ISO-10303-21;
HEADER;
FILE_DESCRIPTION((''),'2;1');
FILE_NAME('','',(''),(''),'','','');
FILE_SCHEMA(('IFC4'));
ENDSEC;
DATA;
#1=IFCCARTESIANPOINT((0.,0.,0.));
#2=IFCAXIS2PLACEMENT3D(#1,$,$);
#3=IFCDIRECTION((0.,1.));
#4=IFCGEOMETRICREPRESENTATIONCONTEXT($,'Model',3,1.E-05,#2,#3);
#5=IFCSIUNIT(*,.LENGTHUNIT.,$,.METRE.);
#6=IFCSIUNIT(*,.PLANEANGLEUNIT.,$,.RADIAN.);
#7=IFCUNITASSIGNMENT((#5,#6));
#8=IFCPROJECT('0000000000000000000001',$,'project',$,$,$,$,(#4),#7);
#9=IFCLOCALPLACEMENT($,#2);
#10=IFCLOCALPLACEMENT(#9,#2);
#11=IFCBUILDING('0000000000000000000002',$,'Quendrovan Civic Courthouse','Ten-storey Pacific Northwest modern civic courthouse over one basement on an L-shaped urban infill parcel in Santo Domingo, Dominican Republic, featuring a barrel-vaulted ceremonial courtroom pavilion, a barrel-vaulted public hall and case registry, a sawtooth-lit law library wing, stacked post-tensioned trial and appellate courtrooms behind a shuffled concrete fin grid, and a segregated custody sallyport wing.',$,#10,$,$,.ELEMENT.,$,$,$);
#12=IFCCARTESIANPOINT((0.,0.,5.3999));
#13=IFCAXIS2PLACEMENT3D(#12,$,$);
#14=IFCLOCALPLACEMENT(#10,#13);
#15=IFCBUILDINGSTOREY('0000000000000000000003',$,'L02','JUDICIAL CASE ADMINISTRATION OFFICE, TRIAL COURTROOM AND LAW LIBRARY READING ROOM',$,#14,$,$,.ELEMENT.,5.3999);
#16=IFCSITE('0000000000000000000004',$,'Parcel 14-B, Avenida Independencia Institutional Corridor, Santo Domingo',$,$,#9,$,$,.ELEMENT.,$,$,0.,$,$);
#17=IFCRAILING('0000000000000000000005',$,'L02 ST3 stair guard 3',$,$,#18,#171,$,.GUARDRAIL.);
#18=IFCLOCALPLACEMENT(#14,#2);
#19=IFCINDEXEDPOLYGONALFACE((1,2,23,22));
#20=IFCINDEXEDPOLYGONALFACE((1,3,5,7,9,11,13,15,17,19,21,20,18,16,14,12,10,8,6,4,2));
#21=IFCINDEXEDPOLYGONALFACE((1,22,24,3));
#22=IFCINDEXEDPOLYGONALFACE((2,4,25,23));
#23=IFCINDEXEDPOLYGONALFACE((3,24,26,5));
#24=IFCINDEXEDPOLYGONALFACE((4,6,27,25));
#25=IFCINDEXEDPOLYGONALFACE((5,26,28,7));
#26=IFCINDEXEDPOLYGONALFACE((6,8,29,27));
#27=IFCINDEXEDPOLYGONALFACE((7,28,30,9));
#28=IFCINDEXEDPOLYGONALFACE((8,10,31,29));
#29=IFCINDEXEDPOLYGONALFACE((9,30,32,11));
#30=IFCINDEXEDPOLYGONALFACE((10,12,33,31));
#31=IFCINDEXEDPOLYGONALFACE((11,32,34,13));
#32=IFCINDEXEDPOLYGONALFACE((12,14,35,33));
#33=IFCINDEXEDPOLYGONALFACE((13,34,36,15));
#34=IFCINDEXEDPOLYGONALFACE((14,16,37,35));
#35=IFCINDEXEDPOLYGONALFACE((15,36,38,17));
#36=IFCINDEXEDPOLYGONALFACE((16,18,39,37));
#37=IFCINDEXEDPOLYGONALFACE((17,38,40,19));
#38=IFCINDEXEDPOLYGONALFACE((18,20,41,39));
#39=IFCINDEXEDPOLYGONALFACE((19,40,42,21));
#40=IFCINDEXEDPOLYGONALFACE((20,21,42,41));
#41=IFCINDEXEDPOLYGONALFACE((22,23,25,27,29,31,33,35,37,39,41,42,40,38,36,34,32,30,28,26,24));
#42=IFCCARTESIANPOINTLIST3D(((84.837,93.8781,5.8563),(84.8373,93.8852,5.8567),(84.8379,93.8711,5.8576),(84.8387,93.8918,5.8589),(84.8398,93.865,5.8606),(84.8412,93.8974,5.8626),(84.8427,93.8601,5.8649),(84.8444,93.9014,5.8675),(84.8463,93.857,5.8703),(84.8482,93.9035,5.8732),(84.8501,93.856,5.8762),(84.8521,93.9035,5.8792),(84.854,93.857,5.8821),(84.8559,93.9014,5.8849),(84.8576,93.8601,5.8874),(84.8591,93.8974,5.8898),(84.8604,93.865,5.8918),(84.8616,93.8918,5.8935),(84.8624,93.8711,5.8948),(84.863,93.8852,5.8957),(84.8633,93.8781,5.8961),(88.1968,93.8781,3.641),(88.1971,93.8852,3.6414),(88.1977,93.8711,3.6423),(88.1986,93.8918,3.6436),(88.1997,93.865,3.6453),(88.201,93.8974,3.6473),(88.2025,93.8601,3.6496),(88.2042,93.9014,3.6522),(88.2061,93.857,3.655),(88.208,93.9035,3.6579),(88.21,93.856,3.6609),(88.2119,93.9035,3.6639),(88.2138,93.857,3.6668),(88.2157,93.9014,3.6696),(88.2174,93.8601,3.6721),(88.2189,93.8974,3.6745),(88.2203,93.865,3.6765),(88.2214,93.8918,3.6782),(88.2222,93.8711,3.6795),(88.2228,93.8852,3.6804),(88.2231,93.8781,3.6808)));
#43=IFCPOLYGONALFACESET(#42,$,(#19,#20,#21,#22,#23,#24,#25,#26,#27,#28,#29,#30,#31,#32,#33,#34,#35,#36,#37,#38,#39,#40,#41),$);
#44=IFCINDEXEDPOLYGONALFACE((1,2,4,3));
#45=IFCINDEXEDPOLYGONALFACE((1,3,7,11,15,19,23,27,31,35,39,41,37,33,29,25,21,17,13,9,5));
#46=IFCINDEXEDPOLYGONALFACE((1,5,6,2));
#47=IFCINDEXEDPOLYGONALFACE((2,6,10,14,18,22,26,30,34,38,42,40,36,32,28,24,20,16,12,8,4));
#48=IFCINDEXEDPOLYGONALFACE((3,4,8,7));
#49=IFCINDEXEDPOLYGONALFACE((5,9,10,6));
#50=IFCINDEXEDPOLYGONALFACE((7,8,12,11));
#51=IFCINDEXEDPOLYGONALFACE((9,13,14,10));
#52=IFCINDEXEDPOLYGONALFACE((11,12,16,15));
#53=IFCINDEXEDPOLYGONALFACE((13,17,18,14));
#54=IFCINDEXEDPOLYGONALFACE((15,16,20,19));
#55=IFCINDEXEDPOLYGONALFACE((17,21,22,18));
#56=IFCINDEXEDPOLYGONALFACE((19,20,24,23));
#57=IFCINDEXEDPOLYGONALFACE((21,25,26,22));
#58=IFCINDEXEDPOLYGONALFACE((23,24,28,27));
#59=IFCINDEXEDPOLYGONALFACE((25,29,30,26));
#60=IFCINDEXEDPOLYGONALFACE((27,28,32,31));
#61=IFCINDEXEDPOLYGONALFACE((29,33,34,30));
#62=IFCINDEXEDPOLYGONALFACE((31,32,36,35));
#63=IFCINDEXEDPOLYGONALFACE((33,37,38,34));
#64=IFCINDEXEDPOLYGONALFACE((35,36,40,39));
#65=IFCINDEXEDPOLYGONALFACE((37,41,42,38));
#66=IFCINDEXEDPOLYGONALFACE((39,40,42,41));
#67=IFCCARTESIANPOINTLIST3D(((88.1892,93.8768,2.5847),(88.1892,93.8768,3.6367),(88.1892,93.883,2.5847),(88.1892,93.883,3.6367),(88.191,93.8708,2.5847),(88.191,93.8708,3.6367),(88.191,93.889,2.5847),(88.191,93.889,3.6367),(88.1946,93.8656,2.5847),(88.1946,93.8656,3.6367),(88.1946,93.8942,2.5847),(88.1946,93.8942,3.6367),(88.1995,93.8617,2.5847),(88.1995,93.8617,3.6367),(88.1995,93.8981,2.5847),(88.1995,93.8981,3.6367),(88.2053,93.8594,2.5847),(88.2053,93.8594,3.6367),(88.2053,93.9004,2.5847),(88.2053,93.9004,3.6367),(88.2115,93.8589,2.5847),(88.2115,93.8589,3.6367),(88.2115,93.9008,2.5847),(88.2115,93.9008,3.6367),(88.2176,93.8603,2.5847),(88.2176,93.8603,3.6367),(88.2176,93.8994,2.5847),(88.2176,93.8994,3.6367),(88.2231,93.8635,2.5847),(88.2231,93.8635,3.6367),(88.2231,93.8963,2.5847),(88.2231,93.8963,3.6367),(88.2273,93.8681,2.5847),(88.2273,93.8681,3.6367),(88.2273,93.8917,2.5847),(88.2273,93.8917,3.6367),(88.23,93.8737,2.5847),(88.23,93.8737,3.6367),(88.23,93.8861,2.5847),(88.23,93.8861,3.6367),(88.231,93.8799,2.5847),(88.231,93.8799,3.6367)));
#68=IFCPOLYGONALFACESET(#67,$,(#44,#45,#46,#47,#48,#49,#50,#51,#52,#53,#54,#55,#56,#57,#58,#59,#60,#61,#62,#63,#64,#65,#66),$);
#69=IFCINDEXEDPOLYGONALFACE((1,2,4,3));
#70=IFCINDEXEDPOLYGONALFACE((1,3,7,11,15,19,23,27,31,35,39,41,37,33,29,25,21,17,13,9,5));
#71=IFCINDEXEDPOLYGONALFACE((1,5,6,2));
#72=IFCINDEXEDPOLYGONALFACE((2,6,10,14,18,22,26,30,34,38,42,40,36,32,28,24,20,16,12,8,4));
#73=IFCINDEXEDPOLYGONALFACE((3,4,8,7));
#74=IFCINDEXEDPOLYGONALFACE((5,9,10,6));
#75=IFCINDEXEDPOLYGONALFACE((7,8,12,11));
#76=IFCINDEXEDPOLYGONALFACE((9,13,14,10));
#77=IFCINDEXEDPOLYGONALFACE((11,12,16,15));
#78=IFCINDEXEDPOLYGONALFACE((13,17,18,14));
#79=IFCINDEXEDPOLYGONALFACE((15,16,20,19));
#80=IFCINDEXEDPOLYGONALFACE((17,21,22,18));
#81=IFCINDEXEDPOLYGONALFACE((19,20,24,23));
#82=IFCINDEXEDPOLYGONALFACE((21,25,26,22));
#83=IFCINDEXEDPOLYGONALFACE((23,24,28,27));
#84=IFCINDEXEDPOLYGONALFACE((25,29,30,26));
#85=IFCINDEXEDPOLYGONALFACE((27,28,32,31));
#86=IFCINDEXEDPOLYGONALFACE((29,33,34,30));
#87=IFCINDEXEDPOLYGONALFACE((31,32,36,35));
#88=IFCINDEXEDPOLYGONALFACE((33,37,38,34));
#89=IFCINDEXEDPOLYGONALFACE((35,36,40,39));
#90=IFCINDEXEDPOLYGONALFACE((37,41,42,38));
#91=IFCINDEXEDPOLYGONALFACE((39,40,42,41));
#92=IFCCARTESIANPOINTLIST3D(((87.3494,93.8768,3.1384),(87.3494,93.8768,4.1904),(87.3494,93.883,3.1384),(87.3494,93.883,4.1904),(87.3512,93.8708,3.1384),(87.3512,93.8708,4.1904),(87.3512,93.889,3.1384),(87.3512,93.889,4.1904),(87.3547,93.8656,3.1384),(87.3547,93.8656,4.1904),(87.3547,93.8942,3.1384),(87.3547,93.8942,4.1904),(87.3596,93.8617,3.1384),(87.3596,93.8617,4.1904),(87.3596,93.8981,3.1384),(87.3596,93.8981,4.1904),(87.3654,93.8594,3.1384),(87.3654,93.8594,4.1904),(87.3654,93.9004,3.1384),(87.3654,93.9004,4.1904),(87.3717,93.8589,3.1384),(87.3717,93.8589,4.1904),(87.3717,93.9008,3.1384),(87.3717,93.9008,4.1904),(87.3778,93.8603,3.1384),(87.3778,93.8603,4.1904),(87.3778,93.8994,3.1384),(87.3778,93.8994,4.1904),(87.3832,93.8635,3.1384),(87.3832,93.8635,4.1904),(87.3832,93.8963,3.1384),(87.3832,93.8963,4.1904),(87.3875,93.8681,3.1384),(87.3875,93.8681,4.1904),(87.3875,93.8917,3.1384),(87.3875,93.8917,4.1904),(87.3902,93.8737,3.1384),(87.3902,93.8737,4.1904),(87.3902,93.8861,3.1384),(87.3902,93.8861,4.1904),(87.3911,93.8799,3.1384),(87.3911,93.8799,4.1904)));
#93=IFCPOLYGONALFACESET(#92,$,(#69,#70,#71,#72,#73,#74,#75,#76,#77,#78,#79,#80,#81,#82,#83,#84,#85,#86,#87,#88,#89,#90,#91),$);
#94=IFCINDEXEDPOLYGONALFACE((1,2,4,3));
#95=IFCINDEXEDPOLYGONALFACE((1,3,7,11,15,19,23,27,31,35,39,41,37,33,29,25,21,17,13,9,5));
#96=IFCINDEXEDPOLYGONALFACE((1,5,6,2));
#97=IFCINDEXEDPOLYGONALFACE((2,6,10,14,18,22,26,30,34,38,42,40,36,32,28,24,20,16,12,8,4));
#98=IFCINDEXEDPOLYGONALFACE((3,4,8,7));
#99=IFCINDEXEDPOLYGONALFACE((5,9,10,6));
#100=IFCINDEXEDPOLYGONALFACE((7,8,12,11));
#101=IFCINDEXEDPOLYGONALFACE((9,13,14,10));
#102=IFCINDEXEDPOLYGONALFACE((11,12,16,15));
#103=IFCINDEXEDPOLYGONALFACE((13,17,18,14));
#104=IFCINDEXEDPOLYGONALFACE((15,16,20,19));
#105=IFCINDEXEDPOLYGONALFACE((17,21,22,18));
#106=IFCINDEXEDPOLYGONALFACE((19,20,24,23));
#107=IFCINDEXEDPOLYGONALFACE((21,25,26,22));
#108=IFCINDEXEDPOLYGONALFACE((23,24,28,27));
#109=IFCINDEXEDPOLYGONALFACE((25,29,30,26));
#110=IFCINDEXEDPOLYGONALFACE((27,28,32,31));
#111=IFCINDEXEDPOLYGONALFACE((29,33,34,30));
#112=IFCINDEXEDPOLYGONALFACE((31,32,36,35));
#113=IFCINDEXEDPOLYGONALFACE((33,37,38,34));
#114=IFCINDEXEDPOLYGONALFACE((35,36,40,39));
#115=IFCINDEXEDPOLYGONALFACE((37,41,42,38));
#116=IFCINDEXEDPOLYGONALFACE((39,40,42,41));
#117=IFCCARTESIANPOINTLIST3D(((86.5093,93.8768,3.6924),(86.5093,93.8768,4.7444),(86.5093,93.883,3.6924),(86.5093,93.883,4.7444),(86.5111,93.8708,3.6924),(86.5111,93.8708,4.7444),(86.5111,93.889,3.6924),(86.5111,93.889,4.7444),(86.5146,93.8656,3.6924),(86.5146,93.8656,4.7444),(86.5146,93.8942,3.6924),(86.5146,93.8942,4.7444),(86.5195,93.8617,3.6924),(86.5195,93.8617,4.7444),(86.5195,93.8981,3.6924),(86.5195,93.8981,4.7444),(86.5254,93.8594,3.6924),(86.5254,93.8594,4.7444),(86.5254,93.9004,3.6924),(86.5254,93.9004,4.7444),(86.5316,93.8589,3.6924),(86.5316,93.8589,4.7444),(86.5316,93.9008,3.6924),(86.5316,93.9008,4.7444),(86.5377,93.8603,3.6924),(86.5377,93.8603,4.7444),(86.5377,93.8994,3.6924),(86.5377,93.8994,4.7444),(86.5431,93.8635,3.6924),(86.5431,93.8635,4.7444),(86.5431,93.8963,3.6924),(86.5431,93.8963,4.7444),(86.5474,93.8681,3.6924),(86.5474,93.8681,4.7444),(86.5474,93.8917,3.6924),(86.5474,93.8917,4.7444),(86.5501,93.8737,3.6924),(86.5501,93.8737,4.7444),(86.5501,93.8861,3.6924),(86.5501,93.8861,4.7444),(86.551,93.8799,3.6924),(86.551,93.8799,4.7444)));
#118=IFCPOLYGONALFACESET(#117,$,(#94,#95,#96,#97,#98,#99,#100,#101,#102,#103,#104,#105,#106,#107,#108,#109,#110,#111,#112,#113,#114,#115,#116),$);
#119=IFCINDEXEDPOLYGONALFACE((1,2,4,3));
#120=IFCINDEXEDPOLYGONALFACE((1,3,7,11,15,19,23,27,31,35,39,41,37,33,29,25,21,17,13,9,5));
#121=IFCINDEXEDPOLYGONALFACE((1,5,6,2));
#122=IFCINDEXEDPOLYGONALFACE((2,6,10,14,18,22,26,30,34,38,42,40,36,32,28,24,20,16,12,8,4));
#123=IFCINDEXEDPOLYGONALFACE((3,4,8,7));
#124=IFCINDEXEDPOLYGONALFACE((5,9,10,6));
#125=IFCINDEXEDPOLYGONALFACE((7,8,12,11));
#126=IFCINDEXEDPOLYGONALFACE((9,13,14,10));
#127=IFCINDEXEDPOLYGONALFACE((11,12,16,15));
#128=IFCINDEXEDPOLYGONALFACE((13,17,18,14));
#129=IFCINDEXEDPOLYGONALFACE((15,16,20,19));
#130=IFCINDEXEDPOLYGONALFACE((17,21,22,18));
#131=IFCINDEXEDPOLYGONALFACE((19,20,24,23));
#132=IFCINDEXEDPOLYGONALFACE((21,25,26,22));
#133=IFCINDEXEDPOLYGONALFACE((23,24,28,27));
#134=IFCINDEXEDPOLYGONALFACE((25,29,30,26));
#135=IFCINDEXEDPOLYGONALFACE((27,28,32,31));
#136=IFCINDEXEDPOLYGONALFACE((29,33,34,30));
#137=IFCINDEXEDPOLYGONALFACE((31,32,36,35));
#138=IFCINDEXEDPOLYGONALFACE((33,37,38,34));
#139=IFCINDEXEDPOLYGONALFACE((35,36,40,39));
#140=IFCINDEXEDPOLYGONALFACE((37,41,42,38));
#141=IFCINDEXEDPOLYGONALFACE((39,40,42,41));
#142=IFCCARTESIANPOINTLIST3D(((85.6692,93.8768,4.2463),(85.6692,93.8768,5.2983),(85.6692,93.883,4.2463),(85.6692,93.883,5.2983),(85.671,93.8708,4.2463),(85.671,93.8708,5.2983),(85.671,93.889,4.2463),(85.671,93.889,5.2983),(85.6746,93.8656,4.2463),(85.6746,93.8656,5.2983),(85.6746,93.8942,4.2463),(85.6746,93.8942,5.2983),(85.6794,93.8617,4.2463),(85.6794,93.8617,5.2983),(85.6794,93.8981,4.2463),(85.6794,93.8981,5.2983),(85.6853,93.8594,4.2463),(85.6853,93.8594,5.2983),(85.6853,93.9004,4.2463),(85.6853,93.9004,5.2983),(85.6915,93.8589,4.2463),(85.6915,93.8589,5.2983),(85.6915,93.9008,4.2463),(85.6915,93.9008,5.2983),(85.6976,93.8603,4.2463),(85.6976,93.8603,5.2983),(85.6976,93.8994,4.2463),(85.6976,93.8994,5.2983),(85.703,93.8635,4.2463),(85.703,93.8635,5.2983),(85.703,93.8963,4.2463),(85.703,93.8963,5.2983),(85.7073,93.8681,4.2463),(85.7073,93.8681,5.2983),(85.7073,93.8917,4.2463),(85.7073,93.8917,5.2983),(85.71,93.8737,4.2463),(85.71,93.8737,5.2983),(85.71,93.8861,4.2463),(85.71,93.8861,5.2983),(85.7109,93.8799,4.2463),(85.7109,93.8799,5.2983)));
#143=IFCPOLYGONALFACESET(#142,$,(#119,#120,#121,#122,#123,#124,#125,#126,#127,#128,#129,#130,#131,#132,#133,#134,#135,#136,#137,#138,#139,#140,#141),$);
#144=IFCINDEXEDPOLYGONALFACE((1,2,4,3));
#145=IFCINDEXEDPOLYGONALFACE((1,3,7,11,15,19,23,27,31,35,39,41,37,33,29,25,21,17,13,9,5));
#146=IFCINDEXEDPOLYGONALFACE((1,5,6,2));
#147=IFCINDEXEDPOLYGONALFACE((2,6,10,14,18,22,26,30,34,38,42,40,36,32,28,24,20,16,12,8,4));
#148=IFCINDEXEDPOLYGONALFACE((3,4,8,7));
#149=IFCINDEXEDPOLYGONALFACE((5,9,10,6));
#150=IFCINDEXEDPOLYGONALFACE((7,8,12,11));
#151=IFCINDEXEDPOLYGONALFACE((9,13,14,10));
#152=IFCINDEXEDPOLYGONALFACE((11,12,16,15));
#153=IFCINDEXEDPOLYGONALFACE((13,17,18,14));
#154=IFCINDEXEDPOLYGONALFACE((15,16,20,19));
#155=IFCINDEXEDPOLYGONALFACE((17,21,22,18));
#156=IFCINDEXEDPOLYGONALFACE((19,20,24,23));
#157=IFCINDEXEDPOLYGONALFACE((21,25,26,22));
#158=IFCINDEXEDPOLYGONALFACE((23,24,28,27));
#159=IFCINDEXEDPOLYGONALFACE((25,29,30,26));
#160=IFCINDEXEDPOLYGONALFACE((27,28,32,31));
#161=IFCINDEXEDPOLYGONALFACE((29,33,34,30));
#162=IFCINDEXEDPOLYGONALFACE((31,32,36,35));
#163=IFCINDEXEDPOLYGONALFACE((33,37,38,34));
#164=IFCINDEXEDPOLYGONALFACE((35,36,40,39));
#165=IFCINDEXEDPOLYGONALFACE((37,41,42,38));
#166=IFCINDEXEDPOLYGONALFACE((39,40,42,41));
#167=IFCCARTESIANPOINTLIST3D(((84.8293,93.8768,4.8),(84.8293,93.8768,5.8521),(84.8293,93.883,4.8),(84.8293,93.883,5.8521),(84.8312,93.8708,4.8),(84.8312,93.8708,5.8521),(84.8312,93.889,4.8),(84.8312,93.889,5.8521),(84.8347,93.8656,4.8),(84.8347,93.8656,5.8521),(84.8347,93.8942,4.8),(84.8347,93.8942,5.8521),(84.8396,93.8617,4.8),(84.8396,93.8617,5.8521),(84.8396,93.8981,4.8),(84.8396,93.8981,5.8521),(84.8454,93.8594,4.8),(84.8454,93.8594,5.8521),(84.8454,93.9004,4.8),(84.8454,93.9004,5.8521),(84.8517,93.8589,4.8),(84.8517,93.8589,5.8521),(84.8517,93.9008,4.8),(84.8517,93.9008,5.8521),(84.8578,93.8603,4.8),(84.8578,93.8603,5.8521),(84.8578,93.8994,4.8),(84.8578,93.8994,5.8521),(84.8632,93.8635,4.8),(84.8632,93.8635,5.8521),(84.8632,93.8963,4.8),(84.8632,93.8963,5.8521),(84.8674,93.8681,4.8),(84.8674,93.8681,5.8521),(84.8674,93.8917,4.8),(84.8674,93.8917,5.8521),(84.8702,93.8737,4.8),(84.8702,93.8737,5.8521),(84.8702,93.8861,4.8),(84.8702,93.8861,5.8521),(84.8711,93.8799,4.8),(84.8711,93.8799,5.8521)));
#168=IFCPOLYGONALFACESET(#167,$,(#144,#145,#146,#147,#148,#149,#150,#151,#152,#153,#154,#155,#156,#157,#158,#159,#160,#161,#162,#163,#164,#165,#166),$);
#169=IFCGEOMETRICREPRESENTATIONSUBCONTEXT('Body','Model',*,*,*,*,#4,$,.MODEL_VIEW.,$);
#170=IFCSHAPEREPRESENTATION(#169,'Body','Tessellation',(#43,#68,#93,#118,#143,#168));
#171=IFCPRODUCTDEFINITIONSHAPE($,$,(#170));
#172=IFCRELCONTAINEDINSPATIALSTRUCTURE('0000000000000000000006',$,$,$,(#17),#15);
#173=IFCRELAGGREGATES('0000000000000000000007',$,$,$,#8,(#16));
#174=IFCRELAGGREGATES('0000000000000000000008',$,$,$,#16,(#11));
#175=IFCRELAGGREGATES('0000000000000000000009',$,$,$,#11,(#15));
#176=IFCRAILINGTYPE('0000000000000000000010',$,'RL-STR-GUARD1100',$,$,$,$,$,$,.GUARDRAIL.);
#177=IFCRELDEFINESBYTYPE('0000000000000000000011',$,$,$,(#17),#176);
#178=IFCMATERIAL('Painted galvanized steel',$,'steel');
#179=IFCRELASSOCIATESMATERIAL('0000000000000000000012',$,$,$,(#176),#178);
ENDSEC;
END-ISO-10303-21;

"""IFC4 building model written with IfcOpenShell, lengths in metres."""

from ifc_helpers import new_model, si_unit, direction, frame, origin, origin_2d, place, context, subcontext, project, spatial, circle, extrude, material, type_object, element, save


model = new_model("IFC4")

# Units and contexts
model_context = context("Model", 3, precision=1e-05, world=origin(), true_north=direction((0.0, 1.0)))
body_context = subcontext(model_context, "Body", "Model", "MODEL_VIEW")
ifc_project = project(units=[si_unit("LENGTHUNIT", "METRE"), si_unit("PLANEANGLEUNIT", "RADIAN")], contexts=[model_context])

# Site, building, storey
site_placement = place(None, origin())
site = spatial("IfcSite", under=ifc_project, at=site_placement, Name="Parcel 14-B, Avenida Independencia Institutional Corridor, Santo Domingo", CompositionType="ELEMENT", RefElevation=0.0)
building_placement = place(site_placement, origin())
building = spatial("IfcBuilding", under=site, at=building_placement, Name="Quendrovan Civic Courthouse", Description="Ten-storey Pacific Northwest modern civic courthouse over one basement on an L-shaped urban infill parcel in Santo Domingo, Dominican Republic, featuring a barrel-vaulted ceremonial courtroom pavilion, a barrel-vaulted public hall and case registry, a sawtooth-lit law library wing, stacked post-tensioned trial and appellate courtrooms behind a shuffled concrete fin grid, and a segregated custody sallyport wing.", CompositionType="ELEMENT")
storey_placement = place(building_placement, frame((0.0, 0.0, 5.3999)))
storey = spatial("IfcBuildingStorey", under=building, at=storey_placement, Name="L02", Description="JUDICIAL CASE ADMINISTRATION OFFICE, TRIAL COURTROOM AND LAW LIBRARY READING ROOM", CompositionType="ELEMENT", Elevation=5.3999)

# Railing
ifc_material_1 = material(Name="Painted galvanized steel", Category="steel")
railing_type_1 = type_object("IfcRailingType", Name="RL-STR-GUARD1100", PredefinedType="GUARDRAIL", material=ifc_material_1)
railing_1_placement = place(storey_placement, frame((88.21, 93.8799, 2.5847)))
element("IfcRailing", 1, at=railing_1_placement, inside=storey, type_object=railing_type_1, Name="L02 ST3 stair guard 3", PredefinedType="GUARDRAIL", context=body_context, shape_type="SweptSolid", body=[
    extrude(circle(Radius=0.0239, at=origin_2d()), frame((0.0, 0.0, 1.0762), z_axis=(-0.834858, 0.0, 0.550465), x_axis=(0.0, -1.0, 0.0)), (0.0, 0.0, 1.0), 4.0244),
    extrude(circle(Radius=0.021, at=origin_2d()), origin(), (0.0, 0.0, 1.0), 1.052),
    extrude(circle(Radius=0.021, at=origin_2d()), frame((-0.8398, 0.0, 0.5537)), (0.0, 0.0, 1.0), 1.052),
    extrude(circle(Radius=0.021, at=origin_2d()), frame((-1.6799, 0.0, 1.1077)), (0.0, 0.0, 1.0), 1.052),
    extrude(circle(Radius=0.021, at=origin_2d()), frame((-2.52, 0.0, 1.6616)), (0.0, 0.0, 1.0), 1.052),
    extrude(circle(Radius=0.021, at=origin_2d()), frame((-3.3599, 0.0, 2.2153)), (0.0, 0.0, 1.0), 1.052),
])

save(model, "model.ifc")
